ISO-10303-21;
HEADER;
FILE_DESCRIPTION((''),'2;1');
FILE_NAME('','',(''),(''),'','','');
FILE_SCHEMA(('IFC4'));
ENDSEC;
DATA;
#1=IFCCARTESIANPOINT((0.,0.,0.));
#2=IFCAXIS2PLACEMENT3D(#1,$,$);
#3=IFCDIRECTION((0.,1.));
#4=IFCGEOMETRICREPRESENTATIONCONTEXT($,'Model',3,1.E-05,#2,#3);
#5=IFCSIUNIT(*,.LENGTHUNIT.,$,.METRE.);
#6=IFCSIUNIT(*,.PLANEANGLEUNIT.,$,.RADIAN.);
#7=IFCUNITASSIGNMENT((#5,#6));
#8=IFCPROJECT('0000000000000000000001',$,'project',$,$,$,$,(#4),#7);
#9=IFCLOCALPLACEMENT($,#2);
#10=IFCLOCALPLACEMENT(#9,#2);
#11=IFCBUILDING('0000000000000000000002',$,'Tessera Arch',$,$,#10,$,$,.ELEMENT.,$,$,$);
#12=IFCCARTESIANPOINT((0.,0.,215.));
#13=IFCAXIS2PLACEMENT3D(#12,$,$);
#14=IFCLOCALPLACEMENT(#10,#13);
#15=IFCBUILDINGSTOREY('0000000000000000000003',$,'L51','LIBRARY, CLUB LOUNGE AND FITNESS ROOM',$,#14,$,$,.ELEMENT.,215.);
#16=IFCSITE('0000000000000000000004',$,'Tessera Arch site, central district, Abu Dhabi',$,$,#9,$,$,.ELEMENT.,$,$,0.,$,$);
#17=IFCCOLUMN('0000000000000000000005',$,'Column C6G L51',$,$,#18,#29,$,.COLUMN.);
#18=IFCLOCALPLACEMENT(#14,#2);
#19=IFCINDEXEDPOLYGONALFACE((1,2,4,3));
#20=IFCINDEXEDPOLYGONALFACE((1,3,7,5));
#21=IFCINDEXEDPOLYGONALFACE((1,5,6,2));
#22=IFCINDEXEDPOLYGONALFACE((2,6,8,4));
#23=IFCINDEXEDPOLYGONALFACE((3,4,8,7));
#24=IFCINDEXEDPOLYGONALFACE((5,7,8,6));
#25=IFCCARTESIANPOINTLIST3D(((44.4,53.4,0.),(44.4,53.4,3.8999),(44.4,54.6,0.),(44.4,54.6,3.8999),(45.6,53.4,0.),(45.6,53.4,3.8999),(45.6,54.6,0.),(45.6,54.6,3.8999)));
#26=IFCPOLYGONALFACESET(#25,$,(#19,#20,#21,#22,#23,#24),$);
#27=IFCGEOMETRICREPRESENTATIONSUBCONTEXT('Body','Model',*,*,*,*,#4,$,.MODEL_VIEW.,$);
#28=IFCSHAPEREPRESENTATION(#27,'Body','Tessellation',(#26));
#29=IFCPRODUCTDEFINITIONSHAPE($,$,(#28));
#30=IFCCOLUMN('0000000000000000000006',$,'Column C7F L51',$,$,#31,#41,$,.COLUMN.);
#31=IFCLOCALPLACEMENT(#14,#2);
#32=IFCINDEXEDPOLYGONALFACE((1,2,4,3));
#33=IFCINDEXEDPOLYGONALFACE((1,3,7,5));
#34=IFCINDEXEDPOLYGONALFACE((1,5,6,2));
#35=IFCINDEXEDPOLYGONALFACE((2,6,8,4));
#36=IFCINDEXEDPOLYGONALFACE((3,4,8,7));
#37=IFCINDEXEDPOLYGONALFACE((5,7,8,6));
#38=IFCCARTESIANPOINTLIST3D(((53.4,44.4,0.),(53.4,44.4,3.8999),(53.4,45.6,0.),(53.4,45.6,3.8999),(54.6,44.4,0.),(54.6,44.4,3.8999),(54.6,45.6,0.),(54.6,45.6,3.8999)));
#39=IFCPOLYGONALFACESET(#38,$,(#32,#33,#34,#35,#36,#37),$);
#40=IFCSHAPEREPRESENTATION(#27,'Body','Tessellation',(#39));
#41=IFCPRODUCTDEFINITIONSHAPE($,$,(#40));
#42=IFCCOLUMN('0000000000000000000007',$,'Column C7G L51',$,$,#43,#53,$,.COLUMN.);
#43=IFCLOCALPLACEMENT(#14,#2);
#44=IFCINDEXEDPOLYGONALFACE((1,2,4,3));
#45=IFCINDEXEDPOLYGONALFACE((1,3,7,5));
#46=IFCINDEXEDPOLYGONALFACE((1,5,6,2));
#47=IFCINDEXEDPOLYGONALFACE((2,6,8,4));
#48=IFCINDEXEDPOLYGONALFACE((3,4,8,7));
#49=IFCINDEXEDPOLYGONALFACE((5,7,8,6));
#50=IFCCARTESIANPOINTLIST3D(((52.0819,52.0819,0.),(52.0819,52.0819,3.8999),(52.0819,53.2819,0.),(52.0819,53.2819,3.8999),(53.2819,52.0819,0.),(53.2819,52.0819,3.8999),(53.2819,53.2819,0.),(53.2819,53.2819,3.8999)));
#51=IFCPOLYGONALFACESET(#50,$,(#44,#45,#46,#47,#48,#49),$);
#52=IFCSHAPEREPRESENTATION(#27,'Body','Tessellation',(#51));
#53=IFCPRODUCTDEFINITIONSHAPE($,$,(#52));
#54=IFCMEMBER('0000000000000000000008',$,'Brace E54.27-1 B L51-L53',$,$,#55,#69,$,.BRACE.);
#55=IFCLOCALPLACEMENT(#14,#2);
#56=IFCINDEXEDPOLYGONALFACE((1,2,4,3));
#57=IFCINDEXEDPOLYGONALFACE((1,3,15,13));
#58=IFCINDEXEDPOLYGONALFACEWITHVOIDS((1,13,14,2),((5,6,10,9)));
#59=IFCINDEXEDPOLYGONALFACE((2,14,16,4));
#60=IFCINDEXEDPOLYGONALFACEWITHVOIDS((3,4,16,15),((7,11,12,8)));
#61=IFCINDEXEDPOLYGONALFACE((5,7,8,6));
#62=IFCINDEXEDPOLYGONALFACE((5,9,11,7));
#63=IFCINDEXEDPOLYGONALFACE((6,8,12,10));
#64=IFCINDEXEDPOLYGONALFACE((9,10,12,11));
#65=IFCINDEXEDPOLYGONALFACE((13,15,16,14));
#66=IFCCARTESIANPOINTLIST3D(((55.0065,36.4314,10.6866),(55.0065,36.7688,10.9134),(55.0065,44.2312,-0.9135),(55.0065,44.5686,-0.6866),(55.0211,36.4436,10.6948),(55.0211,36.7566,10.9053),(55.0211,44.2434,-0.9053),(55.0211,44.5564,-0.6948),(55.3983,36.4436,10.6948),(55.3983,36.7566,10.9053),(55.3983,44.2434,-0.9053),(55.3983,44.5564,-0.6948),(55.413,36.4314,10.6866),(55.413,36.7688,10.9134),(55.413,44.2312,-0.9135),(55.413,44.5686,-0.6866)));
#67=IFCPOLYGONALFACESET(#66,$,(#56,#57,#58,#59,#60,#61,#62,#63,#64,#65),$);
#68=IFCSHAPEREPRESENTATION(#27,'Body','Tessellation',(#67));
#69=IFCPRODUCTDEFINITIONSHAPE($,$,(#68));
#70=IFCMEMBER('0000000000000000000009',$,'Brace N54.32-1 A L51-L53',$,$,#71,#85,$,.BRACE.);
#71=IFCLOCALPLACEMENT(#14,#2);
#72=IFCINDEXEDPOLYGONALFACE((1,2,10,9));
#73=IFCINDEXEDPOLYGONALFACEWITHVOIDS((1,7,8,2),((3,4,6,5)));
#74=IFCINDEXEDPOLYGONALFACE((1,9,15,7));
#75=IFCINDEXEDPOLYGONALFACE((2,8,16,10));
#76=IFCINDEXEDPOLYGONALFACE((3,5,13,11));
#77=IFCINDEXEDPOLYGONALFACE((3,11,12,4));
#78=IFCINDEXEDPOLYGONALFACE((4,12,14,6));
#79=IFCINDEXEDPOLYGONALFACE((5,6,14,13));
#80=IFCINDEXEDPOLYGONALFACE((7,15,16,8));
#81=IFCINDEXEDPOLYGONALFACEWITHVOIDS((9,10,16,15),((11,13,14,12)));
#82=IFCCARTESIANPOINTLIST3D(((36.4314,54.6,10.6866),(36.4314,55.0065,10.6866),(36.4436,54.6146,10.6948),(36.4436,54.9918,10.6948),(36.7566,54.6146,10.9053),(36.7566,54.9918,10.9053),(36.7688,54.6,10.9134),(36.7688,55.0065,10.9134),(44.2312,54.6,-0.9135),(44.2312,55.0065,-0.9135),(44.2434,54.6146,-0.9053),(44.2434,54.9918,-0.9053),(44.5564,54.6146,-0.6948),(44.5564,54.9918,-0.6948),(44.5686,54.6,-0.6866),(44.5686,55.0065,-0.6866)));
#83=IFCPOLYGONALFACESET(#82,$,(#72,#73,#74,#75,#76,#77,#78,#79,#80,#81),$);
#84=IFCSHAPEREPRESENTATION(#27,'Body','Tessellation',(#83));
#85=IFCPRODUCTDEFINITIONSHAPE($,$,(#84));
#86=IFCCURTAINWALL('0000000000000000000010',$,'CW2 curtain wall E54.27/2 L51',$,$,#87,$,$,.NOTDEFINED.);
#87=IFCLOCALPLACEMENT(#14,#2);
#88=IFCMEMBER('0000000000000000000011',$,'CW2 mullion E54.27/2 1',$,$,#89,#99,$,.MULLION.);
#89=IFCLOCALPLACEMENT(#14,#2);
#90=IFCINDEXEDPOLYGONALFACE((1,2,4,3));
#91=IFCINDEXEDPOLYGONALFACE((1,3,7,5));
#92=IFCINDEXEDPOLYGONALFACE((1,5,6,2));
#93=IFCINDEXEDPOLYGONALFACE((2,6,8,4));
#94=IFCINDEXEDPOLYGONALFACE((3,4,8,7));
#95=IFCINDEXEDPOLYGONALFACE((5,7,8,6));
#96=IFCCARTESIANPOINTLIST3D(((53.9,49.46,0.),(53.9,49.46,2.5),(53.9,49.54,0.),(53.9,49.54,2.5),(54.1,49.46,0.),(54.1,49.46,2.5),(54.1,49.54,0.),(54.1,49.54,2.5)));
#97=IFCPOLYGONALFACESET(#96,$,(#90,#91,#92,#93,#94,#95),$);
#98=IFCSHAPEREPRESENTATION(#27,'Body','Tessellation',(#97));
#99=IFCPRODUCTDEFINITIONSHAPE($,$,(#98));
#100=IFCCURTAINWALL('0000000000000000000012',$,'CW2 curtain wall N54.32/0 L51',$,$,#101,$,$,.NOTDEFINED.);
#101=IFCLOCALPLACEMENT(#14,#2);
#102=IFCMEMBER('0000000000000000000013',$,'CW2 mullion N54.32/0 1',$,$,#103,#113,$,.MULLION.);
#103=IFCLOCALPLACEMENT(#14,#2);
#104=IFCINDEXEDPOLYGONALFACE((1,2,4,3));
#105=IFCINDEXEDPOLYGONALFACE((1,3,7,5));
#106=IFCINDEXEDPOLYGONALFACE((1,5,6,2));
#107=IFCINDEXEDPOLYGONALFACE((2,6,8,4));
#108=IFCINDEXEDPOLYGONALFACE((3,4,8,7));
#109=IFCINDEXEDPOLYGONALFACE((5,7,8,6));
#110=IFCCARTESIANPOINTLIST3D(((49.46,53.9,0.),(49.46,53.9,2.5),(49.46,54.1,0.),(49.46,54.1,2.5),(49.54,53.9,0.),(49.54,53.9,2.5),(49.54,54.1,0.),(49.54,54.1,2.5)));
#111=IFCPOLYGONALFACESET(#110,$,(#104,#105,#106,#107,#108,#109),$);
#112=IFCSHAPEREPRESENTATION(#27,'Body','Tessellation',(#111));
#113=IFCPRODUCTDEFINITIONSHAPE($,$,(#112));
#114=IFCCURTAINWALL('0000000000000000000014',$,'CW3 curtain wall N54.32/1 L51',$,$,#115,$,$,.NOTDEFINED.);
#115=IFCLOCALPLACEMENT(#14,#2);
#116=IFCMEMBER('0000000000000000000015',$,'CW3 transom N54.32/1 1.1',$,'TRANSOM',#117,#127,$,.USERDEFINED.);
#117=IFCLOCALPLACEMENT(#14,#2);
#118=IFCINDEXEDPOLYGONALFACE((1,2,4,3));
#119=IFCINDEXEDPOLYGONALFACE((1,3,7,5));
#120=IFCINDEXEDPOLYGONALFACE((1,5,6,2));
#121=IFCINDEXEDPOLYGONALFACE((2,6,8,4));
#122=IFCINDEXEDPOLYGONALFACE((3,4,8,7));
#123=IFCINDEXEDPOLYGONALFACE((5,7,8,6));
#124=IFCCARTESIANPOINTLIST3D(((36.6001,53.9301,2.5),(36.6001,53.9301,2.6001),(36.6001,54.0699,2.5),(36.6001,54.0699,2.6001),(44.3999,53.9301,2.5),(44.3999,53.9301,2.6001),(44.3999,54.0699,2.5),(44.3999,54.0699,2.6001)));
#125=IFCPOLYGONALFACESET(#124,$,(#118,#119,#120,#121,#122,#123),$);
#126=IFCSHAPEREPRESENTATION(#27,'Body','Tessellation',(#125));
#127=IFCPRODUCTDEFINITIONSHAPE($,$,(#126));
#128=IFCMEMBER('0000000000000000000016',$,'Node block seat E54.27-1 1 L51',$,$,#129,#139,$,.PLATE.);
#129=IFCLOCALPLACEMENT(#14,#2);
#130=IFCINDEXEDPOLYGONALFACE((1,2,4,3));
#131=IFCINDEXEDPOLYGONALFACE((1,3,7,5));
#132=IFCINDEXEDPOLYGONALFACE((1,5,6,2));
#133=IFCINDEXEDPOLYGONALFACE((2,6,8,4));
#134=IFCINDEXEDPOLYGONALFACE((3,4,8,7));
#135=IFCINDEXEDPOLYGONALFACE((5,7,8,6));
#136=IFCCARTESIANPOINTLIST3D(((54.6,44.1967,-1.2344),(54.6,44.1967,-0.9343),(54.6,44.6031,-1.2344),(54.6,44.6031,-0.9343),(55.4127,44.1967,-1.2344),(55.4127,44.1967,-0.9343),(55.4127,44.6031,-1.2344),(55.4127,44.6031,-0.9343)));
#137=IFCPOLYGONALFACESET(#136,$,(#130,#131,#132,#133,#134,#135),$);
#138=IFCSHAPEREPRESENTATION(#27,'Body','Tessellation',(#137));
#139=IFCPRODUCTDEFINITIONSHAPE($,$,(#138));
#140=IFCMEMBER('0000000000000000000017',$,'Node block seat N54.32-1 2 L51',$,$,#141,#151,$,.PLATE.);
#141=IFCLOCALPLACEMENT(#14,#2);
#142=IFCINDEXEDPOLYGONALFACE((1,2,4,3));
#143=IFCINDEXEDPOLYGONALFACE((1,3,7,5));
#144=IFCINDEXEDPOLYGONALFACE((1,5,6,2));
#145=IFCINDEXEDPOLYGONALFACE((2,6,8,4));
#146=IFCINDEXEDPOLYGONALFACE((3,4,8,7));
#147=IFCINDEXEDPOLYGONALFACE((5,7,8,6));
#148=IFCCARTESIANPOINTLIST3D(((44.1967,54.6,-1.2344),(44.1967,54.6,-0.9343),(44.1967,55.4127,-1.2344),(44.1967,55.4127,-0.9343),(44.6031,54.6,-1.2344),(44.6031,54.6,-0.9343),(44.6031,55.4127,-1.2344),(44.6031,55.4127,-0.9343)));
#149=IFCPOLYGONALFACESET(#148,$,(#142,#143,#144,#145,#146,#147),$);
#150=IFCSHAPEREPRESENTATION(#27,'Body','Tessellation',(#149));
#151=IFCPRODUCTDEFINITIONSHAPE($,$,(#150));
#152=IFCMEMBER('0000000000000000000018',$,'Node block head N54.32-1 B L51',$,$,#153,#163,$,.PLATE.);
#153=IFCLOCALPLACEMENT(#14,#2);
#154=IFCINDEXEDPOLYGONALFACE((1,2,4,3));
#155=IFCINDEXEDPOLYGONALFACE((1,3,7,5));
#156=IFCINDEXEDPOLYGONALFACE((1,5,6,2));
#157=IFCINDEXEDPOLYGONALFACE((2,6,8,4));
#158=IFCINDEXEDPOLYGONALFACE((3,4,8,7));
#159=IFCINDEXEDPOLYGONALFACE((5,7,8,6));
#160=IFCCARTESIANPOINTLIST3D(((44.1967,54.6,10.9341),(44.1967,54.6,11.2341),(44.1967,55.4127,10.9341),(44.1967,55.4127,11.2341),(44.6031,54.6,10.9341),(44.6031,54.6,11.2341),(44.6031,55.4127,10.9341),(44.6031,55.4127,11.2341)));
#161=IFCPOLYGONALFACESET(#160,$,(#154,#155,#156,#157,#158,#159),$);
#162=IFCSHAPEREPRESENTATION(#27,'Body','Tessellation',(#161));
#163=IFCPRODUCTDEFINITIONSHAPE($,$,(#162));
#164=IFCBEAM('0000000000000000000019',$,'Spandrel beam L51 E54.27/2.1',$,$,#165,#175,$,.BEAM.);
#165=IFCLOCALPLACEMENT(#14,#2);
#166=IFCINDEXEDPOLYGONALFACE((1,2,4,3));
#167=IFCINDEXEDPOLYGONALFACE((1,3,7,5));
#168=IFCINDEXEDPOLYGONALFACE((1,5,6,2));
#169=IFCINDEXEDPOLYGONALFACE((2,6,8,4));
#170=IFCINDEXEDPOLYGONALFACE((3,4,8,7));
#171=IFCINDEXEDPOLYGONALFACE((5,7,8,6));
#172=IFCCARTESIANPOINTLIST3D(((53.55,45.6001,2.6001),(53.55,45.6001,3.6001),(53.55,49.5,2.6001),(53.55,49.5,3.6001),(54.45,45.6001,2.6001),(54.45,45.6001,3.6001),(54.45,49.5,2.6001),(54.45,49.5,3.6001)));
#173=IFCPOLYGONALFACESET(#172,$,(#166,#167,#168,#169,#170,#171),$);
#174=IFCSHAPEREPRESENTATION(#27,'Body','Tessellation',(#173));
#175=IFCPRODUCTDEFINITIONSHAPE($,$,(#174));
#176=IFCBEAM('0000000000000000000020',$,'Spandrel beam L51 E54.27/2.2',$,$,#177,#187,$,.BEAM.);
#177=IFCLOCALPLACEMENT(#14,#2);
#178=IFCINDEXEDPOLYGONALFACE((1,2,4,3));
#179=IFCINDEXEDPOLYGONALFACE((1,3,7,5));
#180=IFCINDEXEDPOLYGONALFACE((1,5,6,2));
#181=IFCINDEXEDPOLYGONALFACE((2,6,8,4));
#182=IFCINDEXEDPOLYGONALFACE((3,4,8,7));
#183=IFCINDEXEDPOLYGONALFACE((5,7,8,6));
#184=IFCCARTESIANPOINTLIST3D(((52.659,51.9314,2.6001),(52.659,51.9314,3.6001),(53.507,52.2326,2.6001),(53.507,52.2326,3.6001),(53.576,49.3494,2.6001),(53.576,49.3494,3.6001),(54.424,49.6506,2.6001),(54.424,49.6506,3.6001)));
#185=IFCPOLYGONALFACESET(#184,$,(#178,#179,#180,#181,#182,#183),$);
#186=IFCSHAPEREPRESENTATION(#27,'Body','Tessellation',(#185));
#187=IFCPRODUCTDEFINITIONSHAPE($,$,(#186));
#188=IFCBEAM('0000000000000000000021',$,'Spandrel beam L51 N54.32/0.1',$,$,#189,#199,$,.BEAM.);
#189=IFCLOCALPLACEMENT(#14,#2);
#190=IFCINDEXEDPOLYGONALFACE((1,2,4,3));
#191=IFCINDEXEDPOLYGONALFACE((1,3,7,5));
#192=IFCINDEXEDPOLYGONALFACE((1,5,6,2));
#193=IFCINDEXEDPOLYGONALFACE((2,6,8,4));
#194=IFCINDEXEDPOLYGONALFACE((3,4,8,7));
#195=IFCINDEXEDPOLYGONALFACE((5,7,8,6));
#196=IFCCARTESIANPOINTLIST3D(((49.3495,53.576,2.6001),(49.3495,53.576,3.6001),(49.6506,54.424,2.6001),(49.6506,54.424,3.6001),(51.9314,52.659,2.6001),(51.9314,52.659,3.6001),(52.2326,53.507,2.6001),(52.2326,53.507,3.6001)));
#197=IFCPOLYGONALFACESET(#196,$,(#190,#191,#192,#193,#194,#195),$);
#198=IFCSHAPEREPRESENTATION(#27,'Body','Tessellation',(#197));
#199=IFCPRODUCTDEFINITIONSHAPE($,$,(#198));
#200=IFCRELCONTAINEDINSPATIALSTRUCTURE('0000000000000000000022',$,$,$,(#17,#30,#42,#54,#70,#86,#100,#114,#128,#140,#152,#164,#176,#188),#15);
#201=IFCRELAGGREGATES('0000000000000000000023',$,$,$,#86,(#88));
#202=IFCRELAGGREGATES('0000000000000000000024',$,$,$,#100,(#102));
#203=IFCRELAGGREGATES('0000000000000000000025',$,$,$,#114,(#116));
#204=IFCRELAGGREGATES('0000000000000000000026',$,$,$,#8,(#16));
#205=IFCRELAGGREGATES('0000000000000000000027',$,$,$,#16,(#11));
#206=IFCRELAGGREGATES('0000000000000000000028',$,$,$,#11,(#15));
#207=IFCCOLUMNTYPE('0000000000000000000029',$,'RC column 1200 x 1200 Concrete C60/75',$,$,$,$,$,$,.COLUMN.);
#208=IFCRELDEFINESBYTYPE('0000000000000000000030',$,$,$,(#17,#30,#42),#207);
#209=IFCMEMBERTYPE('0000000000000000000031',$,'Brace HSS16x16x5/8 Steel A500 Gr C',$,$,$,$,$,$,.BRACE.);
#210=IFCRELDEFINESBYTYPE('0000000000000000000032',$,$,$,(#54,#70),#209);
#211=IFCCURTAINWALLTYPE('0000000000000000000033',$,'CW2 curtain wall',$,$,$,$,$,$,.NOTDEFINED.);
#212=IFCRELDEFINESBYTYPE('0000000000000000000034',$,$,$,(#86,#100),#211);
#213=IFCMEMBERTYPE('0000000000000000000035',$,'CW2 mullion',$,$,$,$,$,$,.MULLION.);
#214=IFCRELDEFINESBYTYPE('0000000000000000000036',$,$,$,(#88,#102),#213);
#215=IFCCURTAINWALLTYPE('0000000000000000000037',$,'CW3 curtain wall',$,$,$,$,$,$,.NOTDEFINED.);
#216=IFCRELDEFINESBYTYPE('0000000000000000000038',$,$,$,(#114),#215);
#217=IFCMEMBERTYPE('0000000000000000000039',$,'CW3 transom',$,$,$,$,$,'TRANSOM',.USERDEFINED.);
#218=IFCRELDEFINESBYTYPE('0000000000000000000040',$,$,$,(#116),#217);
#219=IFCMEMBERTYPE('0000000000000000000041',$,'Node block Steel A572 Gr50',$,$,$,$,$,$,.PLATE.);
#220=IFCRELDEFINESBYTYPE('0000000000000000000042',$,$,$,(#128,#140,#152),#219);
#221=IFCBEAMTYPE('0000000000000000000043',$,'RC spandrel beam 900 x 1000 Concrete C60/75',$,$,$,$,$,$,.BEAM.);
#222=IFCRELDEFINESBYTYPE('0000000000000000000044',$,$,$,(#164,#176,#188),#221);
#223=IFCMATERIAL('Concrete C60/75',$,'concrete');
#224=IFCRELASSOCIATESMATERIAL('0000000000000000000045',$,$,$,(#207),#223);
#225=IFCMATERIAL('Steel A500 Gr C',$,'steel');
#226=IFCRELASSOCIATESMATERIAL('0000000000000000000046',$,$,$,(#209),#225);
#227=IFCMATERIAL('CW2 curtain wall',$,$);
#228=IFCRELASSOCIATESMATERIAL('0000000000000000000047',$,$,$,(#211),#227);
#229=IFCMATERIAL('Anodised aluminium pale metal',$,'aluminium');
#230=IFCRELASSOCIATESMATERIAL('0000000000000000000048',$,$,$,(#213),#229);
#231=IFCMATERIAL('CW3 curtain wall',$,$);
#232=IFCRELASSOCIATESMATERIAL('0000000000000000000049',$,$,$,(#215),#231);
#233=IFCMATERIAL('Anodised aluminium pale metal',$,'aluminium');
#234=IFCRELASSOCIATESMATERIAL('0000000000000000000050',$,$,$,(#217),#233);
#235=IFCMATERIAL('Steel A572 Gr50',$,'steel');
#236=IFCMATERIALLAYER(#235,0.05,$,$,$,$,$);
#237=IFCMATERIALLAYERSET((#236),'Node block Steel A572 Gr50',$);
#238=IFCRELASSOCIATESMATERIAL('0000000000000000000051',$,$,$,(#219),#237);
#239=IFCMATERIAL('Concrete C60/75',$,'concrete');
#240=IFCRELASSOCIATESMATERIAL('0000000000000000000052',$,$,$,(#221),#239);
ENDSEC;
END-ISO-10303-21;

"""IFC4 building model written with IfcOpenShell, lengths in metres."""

from ifc_helpers import new_model, si_unit, direction, frame, origin, origin_2d, place, context, subcontext, project, spatial, rectangle, hollow_rectangle, extrude, material, layer, layer_set, material_profile, profile_set, type_object, element, aggregate, save


model = new_model("IFC4")

# Units and contexts
model_context = context("Model", 3, precision=1e-05, world=origin(), true_north=direction((0.0, 1.0)))
body_context = subcontext(model_context, "Body", "Model", "MODEL_VIEW")
ifc_project = project(units=[si_unit("LENGTHUNIT", "METRE"), si_unit("PLANEANGLEUNIT", "RADIAN")], contexts=[model_context])

# Site, building, storey
site_placement = place(None, origin())
site = spatial("IfcSite", under=ifc_project, at=site_placement, Name="Tessera Arch site, central district, Abu Dhabi", CompositionType="ELEMENT", RefElevation=0.0)
building_placement = place(site_placement, origin())
building = spatial("IfcBuilding", under=site, at=building_placement, Name="Tessera Arch", CompositionType="ELEMENT")
storey_placement = place(building_placement, frame((0.0, 0.0, 215.0)))
storey = spatial("IfcBuildingStorey", under=building, at=storey_placement, Name="L51", Description="LIBRARY, CLUB LOUNGE AND FITNESS ROOM", CompositionType="ELEMENT", Elevation=215.0)

# Columns
ifc_material_1 = material(Name="Concrete C60/75", Category="concrete")
ifc_material_profile_1 = material_profile(ifc_material_1, rectangle(XDim=1.2, YDim=1.2, at=origin_2d()), Name="RC column 1200 x 1200 Concrete C60/75")
ifc_profile_set_1 = profile_set([ifc_material_profile_1], Name="Concrete C60/75")
column_type = type_object("IfcColumnType", Name="RC column 1200 x 1200 Concrete C60/75", PredefinedType="COLUMN", material=ifc_profile_set_1)
for number, where, z_axis, x_axis, name in (
    (1, (45.0, 54.0, 0.0), (0.0, 0.0, 1.0), (1.0, 0.0, 0.0), "Column C6G L51"),
    (2, (54.0, 45.0, 0.0), (0.0, 0.0, 1.0), (1.0, 0.0, 0.0), "Column C7F L51"),
    (3, (52.6819, 52.6819, 0.0), (0.0, 0.0, 1.0), (1.0, 0.0, 0.0), "Column C7G L51"),
):
    element("IfcColumn", number, at=place(storey_placement, frame(where, z_axis=z_axis, x_axis=x_axis)), inside=storey, type_object=column_type, Name=name, PredefinedType="COLUMN", context=body_context, shape_type="SweptSolid", body=[
        extrude(rectangle(XDim=1.2, YDim=1.2, at=origin_2d()), origin(), (0.0, 0.0, 1.0), 3.8999),
    ])

# Members
ifc_material_2 = material(Name="Steel A500 Gr C", Category="steel")
ifc_material_profile_2 = material_profile(ifc_material_2, hollow_rectangle(XDim=0.4065, YDim=0.4065, WallThickness=0.0146, at=origin_2d()), Name="HSS16x16x5/8")
ifc_profile_set_2 = profile_set([ifc_material_profile_2], Name="Steel A500 Gr C")
member_type_1 = type_object("IfcMemberType", Name="Brace HSS16x16x5/8 Steel A500 Gr C", PredefinedType="BRACE", material=ifc_profile_set_2)
for number, where, z_axis, x_axis, name in (
    (4, (55.2097, 44.3999, -0.8), (0.0, -0.557985, 0.829851), (1.0, 0.0, 0.0), "Brace E54.27-1 B L51-L53"),
    (5, (44.3999, 54.8032, -0.8), (-0.557985, 0.0, 0.829851), (0.0, -1.0, 0.0), "Brace N54.32-1 A L51-L53"),
):
    element("IfcMember", number, at=place(storey_placement, frame(where, z_axis=z_axis, x_axis=x_axis)), inside=storey, type_object=member_type_1, Name=name, PredefinedType="BRACE", context=body_context, shape_type="SweptSolid", body=[
        extrude(hollow_rectangle(XDim=0.4065, YDim=0.4065, WallThickness=0.0146, at=origin_2d()), origin(), (0.0, 0.0, 1.0), 13.9785),
    ])

# Curtain walls, members
ifc_material_3 = material(Name="CW2 curtain wall")
curtain_wall_type_1 = type_object("IfcCurtainWallType", Name="CW2 curtain wall", PredefinedType="NOTDEFINED", material=ifc_material_3)
curtain_wall_1_placement = place(storey_placement, origin())
curtain_wall_1 = element("IfcCurtainWall", 6, at=curtain_wall_1_placement, inside=storey, type_object=curtain_wall_type_1, Name="CW2 curtain wall E54.27/2 L51", PredefinedType="NOTDEFINED")
ifc_material_4 = material(Name="Anodised aluminium pale metal", Category="aluminium")
ifc_material_profile_3 = material_profile(ifc_material_4, rectangle(XDim=0.2, YDim=0.0801, at=origin_2d()), Name="AL 80x200")
ifc_profile_set_3 = profile_set([ifc_material_profile_3], Name="Anodised aluminium pale metal")
member_type_2 = type_object("IfcMemberType", Name="CW2 mullion", PredefinedType="MULLION", material=ifc_profile_set_3)
member_1_placement = place(storey_placement, frame((54.0, 49.5, 0.0), z_axis=(0.0, 0.0, 1.0), x_axis=(-1.0, 0.0, 0.0)))
member_1 = element("IfcMember", 7, at=member_1_placement, type_object=member_type_2, Name="CW2 mullion E54.27/2 1", PredefinedType="MULLION", context=body_context, shape_type="SweptSolid", body=[
    extrude(rectangle(XDim=0.2, YDim=0.0801, at=origin_2d()), origin(), (0.0, 0.0, 1.0), 2.5),
])
curtain_wall_2_placement = place(storey_placement, origin())
curtain_wall_2 = element("IfcCurtainWall", 8, at=curtain_wall_2_placement, inside=storey, type_object=curtain_wall_type_1, Name="CW2 curtain wall N54.32/0 L51", PredefinedType="NOTDEFINED")
member_2_placement = place(storey_placement, frame((49.5, 54.0, 0.0), z_axis=(0.0, 0.0, 1.0), x_axis=(0.0, -1.0, 0.0)))
member_2 = element("IfcMember", 9, at=member_2_placement, type_object=member_type_2, Name="CW2 mullion N54.32/0 1", PredefinedType="MULLION", context=body_context, shape_type="SweptSolid", body=[
    extrude(rectangle(XDim=0.2, YDim=0.0801, at=origin_2d()), origin(), (0.0, 0.0, 1.0), 2.5),
])
ifc_material_5 = material(Name="CW3 curtain wall")
curtain_wall_type_2 = type_object("IfcCurtainWallType", Name="CW3 curtain wall", PredefinedType="NOTDEFINED", material=ifc_material_5)
curtain_wall_3_placement = place(storey_placement, origin())
curtain_wall_3 = element("IfcCurtainWall", 10, at=curtain_wall_3_placement, inside=storey, type_object=curtain_wall_type_2, Name="CW3 curtain wall N54.32/1 L51", PredefinedType="NOTDEFINED")
ifc_material_6 = material(Name="Anodised aluminium pale metal", Category="aluminium")
ifc_material_profile_4 = material_profile(ifc_material_6, rectangle(XDim=0.1399, YDim=0.1001, at=origin_2d()), Name="AL 140x100")
ifc_profile_set_4 = profile_set([ifc_material_profile_4], Name="Anodised aluminium pale metal")
member_type_3 = type_object("IfcMemberType", Name="CW3 transom", ElementType="TRANSOM", PredefinedType="USERDEFINED", material=ifc_profile_set_4)
member_3_placement = place(storey_placement, frame((44.3999, 54.0, 2.55), z_axis=(-1.0, 0.0, 0.0), x_axis=(0.0, -1.0, 0.0)))
member_3 = element("IfcMember", 11, at=member_3_placement, type_object=member_type_3, Name="CW3 transom N54.32/1 1.1", ObjectType="TRANSOM", PredefinedType="USERDEFINED", context=body_context, shape_type="SweptSolid", body=[
    extrude(rectangle(XDim=0.1399, YDim=0.1001, at=origin_2d()), origin(), (0.0, 0.0, 1.0), 7.7998),
])

# Members
ifc_material_7 = material(Name="Steel A572 Gr50", Category="steel")
ifc_layer_1 = layer(ifc_material_7, 0.05)
ifc_layer_set_1 = layer_set([ifc_layer_1], Name="Node block Steel A572 Gr50")
member_type_4 = type_object("IfcMemberType", Name="Node block Steel A572 Gr50", PredefinedType="PLATE", material=ifc_layer_set_1)
for number, where, z_axis, x_axis, name in (
    (12, (55.0063, 44.3999, -1.2344), (0.0, 0.0, 1.0), (0.0, 1.0, 0.0), "Node block seat E54.27-1 1 L51"),
    (13, (44.3999, 55.0063, -1.2344), (0.0, 0.0, 1.0), (-1.0, 0.0, 0.0), "Node block seat N54.32-1 2 L51"),
    (14, (44.3999, 55.0063, 10.9341), (0.0, 0.0, 1.0), (-1.0, 0.0, 0.0), "Node block head N54.32-1 B L51"),
):
    element("IfcMember", number, at=place(storey_placement, frame(where, z_axis=z_axis, x_axis=x_axis)), inside=storey, type_object=member_type_4, Name=name, PredefinedType="PLATE", context=body_context, shape_type="SweptSolid", body=[
        extrude(rectangle(XDim=0.4065, YDim=0.8127, at=origin_2d()), origin(), (0.0, 0.0, 1.0), 0.3),
    ])

# Beams
ifc_material_8 = material(Name="Concrete C60/75", Category="concrete")
ifc_material_profile_5 = material_profile(ifc_material_8, rectangle(XDim=0.8999, YDim=1.0, at=origin_2d()), Name="RC spandrel beam 900 x 1000 Concrete C60/75")
ifc_profile_set_5 = profile_set([ifc_material_profile_5], Name="Concrete C60/75")
beam_type = type_object("IfcBeamType", Name="RC spandrel beam 900 x 1000 Concrete C60/75", PredefinedType="BEAM", material=ifc_profile_set_5)
beam_1_placement = place(storey_placement, frame((54.0, 45.6001, 3.1001), z_axis=(0.0, 1.0, 0.0), x_axis=(-1.0, 0.0, 0.0)))
element("IfcBeam", 15, at=beam_1_placement, inside=storey, type_object=beam_type, Name="Spandrel beam L51 E54.27/2.1", PredefinedType="BEAM", context=body_context, shape_type="SweptSolid", body=[
    extrude(rectangle(XDim=0.8999, YDim=1.0, at=origin_2d()), origin(), (0.0, 0.0, 1.0), 3.8999),
])
for number, where, z_axis, x_axis, name in (
    (16, (54.0, 49.5, 3.1001), (-0.334665, 0.942337, 0.0), (-0.942337, -0.334665, 0.0), "Spandrel beam L51 E54.27/2.2"),
    (17, (52.082, 53.083, 3.1001), (-0.942337, 0.334665, 0.0), (-0.334665, -0.942337, 0.0), "Spandrel beam L51 N54.32/0.1"),
):
    element("IfcBeam", number, at=place(storey_placement, frame(where, z_axis=z_axis, x_axis=x_axis)), inside=storey, type_object=beam_type, Name=name, PredefinedType="BEAM", context=body_context, shape_type="SweptSolid", body=[
        extrude(rectangle(XDim=0.8999, YDim=1.0, at=origin_2d()), origin(), (0.0, 0.0, 1.0), 2.74),
    ])

aggregate(curtain_wall_1, [member_1])
aggregate(curtain_wall_2, [member_2])

aggregate(curtain_wall_3, [member_3])

save(model, "model.ifc")
